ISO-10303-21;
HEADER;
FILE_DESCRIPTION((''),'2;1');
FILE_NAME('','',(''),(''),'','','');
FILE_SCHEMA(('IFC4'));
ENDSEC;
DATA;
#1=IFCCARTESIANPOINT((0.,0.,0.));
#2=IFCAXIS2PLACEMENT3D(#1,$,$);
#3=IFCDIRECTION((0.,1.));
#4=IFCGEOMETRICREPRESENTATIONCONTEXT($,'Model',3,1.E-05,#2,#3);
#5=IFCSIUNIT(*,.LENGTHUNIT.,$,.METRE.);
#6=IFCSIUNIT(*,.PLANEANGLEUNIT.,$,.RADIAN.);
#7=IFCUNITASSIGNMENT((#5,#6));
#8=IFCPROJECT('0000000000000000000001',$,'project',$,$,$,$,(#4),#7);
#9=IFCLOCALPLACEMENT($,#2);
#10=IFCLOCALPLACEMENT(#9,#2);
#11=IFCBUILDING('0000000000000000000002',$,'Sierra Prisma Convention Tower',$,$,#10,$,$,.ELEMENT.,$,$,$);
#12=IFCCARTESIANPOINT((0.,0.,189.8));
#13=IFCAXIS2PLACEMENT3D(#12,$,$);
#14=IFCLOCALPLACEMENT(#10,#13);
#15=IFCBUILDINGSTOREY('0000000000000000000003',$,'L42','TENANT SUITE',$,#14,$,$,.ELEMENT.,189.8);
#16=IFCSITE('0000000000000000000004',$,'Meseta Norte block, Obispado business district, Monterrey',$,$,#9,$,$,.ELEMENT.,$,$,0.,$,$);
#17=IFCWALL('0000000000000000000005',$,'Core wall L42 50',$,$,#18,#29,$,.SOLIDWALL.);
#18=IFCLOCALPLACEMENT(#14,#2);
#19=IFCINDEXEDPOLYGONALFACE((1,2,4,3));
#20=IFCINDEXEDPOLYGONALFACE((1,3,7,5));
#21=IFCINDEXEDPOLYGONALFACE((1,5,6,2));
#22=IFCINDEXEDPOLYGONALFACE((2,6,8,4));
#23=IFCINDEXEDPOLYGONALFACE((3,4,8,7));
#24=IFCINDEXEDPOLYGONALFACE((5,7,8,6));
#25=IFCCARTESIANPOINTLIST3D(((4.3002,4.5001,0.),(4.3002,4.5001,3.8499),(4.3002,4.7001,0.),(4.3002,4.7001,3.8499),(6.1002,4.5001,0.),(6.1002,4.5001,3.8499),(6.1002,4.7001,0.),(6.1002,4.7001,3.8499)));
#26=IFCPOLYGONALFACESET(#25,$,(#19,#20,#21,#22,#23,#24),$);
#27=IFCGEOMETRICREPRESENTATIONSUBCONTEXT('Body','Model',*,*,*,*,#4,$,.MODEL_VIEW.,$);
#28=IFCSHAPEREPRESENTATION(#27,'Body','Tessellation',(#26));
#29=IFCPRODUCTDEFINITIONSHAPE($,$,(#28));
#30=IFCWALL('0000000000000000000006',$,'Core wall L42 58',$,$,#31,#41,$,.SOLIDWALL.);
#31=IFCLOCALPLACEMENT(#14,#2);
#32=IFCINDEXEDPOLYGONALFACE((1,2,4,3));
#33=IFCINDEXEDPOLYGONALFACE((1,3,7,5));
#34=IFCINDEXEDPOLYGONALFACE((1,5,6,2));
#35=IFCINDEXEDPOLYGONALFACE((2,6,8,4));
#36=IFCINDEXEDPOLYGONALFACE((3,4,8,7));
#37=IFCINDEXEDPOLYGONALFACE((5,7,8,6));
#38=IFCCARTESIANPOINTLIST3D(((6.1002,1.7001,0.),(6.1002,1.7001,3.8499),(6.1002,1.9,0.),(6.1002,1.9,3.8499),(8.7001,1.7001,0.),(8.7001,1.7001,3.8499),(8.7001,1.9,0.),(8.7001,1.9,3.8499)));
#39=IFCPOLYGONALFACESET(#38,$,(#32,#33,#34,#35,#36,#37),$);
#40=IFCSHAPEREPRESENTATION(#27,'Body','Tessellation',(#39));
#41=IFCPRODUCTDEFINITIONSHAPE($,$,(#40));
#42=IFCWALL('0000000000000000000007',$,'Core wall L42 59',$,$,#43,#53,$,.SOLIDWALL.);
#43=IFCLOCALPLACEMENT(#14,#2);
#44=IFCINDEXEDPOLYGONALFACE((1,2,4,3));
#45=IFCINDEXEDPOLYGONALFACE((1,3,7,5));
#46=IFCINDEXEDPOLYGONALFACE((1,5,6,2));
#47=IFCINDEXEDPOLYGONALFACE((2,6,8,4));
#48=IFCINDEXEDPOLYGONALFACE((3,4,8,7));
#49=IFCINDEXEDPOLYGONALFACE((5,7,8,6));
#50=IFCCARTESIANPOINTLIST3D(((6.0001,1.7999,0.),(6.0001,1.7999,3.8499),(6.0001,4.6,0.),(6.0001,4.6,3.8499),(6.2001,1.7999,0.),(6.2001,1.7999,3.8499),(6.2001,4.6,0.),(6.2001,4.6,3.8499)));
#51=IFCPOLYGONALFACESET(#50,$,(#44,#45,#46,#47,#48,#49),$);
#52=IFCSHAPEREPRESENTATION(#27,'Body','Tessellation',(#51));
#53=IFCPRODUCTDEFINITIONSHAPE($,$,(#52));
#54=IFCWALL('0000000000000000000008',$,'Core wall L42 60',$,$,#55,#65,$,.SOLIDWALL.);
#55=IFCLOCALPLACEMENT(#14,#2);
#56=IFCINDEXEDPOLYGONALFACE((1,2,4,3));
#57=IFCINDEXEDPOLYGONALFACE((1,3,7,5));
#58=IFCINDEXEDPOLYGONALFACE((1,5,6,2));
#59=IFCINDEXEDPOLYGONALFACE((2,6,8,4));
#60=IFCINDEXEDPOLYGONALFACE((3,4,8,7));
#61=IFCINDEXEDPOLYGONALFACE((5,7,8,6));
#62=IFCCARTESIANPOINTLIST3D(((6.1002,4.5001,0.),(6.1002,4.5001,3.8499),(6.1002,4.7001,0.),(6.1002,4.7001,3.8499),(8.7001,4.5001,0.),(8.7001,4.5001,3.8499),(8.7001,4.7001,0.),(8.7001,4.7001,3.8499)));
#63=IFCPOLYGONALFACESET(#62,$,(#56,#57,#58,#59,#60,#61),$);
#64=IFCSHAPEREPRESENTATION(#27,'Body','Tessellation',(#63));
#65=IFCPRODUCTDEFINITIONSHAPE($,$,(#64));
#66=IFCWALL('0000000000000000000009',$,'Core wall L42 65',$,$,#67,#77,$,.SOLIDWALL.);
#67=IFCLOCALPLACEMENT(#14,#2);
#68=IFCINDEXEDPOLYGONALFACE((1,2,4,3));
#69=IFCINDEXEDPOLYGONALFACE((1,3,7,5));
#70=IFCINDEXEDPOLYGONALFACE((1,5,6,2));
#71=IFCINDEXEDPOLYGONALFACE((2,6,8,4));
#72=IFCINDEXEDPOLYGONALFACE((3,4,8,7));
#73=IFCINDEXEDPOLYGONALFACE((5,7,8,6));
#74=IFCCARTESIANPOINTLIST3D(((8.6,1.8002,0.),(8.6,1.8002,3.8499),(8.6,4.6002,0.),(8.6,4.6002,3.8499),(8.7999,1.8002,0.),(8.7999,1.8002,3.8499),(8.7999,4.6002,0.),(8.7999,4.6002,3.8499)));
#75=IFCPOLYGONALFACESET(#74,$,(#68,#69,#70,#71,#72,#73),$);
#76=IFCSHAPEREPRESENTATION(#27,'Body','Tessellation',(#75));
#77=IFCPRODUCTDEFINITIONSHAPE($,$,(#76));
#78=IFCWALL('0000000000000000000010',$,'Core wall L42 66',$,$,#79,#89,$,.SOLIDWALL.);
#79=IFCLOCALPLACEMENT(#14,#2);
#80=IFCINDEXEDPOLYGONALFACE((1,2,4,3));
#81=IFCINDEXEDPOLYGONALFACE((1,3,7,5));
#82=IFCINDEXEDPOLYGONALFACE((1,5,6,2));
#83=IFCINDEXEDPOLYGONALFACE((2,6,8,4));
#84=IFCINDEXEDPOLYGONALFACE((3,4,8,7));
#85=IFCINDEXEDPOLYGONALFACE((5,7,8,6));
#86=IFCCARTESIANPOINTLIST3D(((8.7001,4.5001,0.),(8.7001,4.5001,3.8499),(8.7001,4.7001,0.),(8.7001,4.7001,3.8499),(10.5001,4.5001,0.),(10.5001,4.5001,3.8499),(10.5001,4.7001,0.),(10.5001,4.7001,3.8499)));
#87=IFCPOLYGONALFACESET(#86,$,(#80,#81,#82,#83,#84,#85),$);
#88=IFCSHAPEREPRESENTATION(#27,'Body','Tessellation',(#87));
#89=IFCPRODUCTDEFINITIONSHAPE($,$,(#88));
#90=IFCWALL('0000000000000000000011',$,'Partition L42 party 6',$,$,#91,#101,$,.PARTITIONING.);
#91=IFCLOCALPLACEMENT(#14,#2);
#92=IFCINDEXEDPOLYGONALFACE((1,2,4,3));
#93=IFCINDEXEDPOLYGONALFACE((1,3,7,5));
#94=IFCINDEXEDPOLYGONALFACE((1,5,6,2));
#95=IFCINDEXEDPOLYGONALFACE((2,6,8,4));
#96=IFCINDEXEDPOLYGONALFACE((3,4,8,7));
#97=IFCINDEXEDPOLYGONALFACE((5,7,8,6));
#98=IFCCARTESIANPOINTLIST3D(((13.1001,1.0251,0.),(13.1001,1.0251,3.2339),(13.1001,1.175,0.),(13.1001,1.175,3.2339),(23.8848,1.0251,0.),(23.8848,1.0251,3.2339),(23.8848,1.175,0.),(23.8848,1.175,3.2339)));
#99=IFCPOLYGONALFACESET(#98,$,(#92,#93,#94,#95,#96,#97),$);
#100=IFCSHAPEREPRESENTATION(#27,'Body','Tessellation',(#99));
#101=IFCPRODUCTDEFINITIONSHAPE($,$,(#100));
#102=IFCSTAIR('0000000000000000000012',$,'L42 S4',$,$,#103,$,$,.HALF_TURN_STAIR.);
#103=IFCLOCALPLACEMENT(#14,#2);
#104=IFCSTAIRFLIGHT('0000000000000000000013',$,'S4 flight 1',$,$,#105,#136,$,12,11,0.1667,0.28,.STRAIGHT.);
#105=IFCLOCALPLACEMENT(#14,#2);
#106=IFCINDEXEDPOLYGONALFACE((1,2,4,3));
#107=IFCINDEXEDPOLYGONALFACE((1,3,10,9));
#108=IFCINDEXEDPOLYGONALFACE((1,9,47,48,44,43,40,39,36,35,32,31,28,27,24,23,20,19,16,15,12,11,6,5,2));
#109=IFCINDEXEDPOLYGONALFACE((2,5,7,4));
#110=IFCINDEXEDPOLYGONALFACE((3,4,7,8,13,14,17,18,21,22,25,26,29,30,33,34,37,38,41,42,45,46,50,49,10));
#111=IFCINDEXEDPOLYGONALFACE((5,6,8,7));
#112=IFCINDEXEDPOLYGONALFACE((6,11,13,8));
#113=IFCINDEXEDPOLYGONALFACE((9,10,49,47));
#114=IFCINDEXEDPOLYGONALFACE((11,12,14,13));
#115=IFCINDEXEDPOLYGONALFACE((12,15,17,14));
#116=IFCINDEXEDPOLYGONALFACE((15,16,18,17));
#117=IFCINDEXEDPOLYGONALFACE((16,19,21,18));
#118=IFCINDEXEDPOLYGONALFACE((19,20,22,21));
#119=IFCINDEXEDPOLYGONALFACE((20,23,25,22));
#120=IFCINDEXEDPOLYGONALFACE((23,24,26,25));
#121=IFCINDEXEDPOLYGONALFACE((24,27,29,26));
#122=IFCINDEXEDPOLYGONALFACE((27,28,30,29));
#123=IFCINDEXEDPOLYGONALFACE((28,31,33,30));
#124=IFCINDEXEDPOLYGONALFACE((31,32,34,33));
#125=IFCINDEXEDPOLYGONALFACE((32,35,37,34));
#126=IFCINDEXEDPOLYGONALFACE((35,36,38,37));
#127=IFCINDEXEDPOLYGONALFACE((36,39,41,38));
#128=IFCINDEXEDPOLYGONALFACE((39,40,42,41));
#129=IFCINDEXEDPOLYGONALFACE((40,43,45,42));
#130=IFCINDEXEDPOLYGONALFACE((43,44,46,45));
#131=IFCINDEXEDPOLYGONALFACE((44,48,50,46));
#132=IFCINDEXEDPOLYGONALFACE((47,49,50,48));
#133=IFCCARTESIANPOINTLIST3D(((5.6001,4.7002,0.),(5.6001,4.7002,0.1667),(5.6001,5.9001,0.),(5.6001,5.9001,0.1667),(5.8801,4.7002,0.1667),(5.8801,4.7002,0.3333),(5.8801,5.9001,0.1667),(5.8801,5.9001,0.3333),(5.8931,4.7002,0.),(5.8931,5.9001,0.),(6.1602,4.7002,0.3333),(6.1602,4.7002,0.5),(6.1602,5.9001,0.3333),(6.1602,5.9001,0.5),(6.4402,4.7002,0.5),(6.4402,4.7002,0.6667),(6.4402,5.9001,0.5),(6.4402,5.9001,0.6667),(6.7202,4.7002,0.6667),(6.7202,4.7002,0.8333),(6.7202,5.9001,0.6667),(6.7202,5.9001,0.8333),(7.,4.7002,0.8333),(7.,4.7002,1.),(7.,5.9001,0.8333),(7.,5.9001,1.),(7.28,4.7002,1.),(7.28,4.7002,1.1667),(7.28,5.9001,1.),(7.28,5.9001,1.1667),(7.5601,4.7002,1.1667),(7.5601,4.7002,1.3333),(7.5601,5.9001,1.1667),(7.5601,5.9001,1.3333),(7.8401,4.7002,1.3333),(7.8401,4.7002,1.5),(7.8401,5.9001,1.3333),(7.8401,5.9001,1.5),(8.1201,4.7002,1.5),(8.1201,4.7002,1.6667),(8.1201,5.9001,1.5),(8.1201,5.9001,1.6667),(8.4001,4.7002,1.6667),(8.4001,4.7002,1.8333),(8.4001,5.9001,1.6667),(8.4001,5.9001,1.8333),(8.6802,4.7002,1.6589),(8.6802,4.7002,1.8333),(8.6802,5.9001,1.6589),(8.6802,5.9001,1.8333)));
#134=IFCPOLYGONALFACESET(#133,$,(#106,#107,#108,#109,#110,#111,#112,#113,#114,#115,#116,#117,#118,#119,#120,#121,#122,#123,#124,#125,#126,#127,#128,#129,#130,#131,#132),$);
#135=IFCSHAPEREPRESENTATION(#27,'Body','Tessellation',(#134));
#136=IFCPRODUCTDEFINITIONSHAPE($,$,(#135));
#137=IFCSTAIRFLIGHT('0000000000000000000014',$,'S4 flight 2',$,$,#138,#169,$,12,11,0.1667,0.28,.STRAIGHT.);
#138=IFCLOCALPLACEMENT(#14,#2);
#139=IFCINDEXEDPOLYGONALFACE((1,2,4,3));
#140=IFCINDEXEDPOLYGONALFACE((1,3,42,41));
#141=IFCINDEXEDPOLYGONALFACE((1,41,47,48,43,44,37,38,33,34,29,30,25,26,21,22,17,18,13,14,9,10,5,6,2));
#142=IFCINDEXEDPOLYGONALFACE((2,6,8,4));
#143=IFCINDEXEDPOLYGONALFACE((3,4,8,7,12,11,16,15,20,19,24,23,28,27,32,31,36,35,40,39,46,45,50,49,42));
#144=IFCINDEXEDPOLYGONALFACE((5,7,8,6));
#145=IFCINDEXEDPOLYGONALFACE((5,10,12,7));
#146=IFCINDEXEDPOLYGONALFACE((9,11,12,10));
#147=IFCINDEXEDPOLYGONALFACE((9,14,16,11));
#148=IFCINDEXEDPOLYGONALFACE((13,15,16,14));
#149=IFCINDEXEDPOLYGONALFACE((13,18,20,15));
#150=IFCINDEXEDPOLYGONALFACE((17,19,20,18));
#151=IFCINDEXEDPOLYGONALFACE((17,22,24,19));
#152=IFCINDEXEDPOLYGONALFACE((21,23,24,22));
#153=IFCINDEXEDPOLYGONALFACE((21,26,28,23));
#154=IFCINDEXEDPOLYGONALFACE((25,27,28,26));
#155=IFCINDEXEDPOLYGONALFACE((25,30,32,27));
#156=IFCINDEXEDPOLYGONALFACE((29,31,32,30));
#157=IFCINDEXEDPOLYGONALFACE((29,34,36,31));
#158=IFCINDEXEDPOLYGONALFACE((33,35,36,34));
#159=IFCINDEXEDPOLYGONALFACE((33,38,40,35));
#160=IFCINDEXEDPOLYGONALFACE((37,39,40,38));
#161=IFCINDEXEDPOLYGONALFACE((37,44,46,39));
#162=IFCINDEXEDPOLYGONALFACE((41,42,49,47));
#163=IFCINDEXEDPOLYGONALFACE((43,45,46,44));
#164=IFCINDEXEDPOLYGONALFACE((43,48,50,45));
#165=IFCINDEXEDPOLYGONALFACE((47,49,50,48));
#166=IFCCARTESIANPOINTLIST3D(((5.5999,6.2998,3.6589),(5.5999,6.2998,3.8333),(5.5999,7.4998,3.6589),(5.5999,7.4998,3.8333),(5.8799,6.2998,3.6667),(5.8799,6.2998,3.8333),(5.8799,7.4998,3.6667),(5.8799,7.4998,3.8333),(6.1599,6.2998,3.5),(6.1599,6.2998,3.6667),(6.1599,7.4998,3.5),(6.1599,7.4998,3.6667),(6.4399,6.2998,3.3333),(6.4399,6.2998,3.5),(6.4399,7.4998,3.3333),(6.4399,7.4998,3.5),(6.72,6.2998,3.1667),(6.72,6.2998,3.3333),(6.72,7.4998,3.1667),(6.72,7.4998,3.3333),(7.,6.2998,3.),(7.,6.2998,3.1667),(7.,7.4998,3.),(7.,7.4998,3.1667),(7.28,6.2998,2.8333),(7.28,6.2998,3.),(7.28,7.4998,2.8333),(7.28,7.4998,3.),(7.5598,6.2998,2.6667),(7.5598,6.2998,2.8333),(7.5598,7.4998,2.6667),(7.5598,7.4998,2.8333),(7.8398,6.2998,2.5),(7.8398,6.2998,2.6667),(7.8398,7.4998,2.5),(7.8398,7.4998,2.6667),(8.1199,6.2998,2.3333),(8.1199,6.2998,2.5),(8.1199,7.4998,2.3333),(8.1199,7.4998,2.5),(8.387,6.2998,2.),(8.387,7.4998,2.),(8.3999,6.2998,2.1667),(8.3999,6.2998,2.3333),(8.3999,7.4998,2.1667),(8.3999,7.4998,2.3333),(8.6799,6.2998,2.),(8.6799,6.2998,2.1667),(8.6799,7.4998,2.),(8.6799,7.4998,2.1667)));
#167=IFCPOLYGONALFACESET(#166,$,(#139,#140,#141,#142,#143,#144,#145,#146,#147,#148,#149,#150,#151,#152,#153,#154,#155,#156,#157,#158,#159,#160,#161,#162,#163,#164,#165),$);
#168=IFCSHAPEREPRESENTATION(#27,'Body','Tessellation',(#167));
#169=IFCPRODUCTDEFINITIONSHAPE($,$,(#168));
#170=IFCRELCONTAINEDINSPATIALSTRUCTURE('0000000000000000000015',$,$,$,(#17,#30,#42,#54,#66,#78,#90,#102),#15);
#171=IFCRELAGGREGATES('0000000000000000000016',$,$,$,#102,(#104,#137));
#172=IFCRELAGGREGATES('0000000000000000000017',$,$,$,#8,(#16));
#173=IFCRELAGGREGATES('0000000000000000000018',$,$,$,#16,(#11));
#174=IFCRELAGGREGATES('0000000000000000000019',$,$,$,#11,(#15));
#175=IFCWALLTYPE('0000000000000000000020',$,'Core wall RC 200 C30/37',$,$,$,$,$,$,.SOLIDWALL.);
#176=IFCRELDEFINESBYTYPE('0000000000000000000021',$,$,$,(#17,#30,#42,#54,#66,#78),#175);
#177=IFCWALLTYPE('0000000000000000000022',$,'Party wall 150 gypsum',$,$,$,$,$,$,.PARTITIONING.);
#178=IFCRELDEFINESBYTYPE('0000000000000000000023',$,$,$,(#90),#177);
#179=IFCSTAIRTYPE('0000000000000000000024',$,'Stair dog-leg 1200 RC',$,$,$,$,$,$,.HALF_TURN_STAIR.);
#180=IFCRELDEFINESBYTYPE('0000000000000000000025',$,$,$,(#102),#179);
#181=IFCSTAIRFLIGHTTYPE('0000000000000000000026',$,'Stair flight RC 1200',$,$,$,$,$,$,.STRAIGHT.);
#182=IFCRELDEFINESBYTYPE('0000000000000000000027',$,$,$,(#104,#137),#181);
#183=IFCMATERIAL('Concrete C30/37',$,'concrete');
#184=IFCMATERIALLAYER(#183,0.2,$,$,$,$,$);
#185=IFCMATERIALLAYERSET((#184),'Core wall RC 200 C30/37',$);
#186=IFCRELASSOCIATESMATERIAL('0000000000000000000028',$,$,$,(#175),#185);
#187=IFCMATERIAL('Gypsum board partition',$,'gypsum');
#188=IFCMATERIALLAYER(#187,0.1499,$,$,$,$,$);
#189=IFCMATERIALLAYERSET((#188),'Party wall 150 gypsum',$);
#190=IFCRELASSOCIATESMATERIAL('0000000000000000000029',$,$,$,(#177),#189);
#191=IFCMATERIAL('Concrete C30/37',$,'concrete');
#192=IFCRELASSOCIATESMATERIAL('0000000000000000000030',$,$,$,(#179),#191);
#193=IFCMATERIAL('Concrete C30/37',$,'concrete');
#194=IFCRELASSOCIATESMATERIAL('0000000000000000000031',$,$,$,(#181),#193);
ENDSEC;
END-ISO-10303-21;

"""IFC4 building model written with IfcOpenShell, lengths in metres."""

from ifc_helpers import new_model, si_unit, direction, frame, frame_2d, origin, place, context, subcontext, project, spatial, polyline, rectangle, outline, extrude, material, layer, layer_set, type_object, element, aggregate, save


model = new_model("IFC4")

# Units and contexts
model_context = context("Model", 3, precision=1e-05, world=origin(), true_north=direction((0.0, 1.0)))
body_context = subcontext(model_context, "Body", "Model", "MODEL_VIEW")
ifc_project = project(units=[si_unit("LENGTHUNIT", "METRE"), si_unit("PLANEANGLEUNIT", "RADIAN")], contexts=[model_context])

# Site, building, storey
site_placement = place(None, origin())
site = spatial("IfcSite", under=ifc_project, at=site_placement, Name="Meseta Norte block, Obispado business district, Monterrey", CompositionType="ELEMENT", RefElevation=0.0)
building_placement = place(site_placement, origin())
building = spatial("IfcBuilding", under=site, at=building_placement, Name="Sierra Prisma Convention Tower", CompositionType="ELEMENT")
storey_placement = place(building_placement, frame((0.0, 0.0, 189.8)))
storey = spatial("IfcBuildingStorey", under=building, at=storey_placement, Name="L42", Description="TENANT SUITE", CompositionType="ELEMENT", Elevation=189.8)

# Walls
ifc_material_1 = material(Name="Concrete C30/37", Category="concrete")
ifc_layer_1 = layer(ifc_material_1, 0.2)
ifc_layer_set_1 = layer_set([ifc_layer_1], Name="Core wall RC 200 C30/37")
wall_type_1 = type_object("IfcWallType", Name="Core wall RC 200 C30/37", PredefinedType="SOLIDWALL", material=ifc_layer_set_1)
wall_1_placement = place(storey_placement, frame((6.1001, 4.6001, 0.0), z_axis=(0.0, 0.0, 1.0), x_axis=(-1.0, 0.0, 0.0)))
element("IfcWall", 1, at=wall_1_placement, inside=storey, type_object=wall_type_1, Name="Core wall L42 50", PredefinedType="SOLIDWALL", context=body_context, shape_type="SweptSolid", body=[
    extrude(rectangle(XDim=1.8, YDim=0.2, at=frame_2d((0.8999, 0.0))), origin(), (0.0, 0.0, 1.0), 3.8499),
])
wall_2_placement = place(storey_placement, frame((8.7, 1.8, 0.0), z_axis=(0.0, 0.0, 1.0), x_axis=(-1.0, 0.0, 0.0)))
element("IfcWall", 2, at=wall_2_placement, inside=storey, type_object=wall_type_1, Name="Core wall L42 58", PredefinedType="SOLIDWALL", context=body_context, shape_type="SweptSolid", body=[
    extrude(rectangle(XDim=2.5999, YDim=0.2, at=frame_2d((1.2998, 0.0))), origin(), (0.0, 0.0, 1.0), 3.8499),
])
wall_3_placement = place(storey_placement, frame((6.1001, 1.8, 0.0), z_axis=(0.0, 0.0, 1.0), x_axis=(0.0, 1.0, 0.0)))
element("IfcWall", 3, at=wall_3_placement, inside=storey, type_object=wall_type_1, Name="Core wall L42 59", PredefinedType="SOLIDWALL", context=body_context, shape_type="SweptSolid", body=[
    extrude(rectangle(XDim=2.8, YDim=0.2, at=frame_2d((1.3999, 0.0))), origin(), (0.0, 0.0, 1.0), 3.8499),
])
wall_4_placement = place(storey_placement, frame((8.7, 4.6001, 0.0), z_axis=(0.0, 0.0, 1.0), x_axis=(-1.0, 0.0, 0.0)))
element("IfcWall", 4, at=wall_4_placement, inside=storey, type_object=wall_type_1, Name="Core wall L42 60", PredefinedType="SOLIDWALL", context=body_context, shape_type="SweptSolid", body=[
    extrude(rectangle(XDim=2.5999, YDim=0.2, at=frame_2d((1.2998, 0.0))), origin(), (0.0, 0.0, 1.0), 3.8499),
])

# Walls
wall_5_placement = place(storey_placement, frame((8.7, 4.6001, 0.0), z_axis=(0.0, 0.0, 1.0), x_axis=(0.0, -1.0, 0.0)))
element("IfcWall", 5, at=wall_5_placement, inside=storey, type_object=wall_type_1, Name="Core wall L42 65", PredefinedType="SOLIDWALL", context=body_context, shape_type="SweptSolid", body=[
    extrude(rectangle(XDim=2.8, YDim=0.2, at=frame_2d((1.3999, 0.0))), origin(), (0.0, 0.0, 1.0), 3.8499),
])
wall_6_placement = place(storey_placement, frame((10.5, 4.6001, 0.0), z_axis=(0.0, 0.0, 1.0), x_axis=(-1.0, 0.0, 0.0)))
element("IfcWall", 6, at=wall_6_placement, inside=storey, type_object=wall_type_1, Name="Core wall L42 66", PredefinedType="SOLIDWALL", context=body_context, shape_type="SweptSolid", body=[
    extrude(rectangle(XDim=1.8, YDim=0.2, at=frame_2d((0.8999, 0.0))), origin(), (0.0, 0.0, 1.0), 3.8499),
])
ifc_material_2 = material(Name="Gypsum board partition", Category="gypsum")
ifc_layer_2 = layer(ifc_material_2, 0.1499)
ifc_layer_set_2 = layer_set([ifc_layer_2], Name="Party wall 150 gypsum")
wall_type_2 = type_object("IfcWallType", Name="Party wall 150 gypsum", PredefinedType="PARTITIONING", material=ifc_layer_set_2)
wall_7_placement = place(storey_placement, frame((23.8848, 1.1001, 0.0), z_axis=(0.0, 0.0, 1.0), x_axis=(-1.0, 0.0, 0.0)))
element("IfcWall", 7, at=wall_7_placement, inside=storey, type_object=wall_type_2, Name="Partition L42 party 6", PredefinedType="PARTITIONING", context=body_context, shape_type="SweptSolid", body=[
    extrude(rectangle(XDim=10.7847, YDim=0.1499, at=frame_2d((5.3923, 0.0))), origin(), (0.0, 0.0, 1.0), 3.2339),
])

# Stair, stair flights
ifc_material_3 = material(Name="Concrete C30/37", Category="concrete")
stair_type = type_object("IfcStairType", Name="Stair dog-leg 1200 RC", PredefinedType="HALF_TURN_STAIR", material=ifc_material_3)
stair_placement = place(storey_placement, origin())
stair = element("IfcStair", 8, at=stair_placement, inside=storey, type_object=stair_type, Name="L42 S4", PredefinedType="HALF_TURN_STAIR")
ifc_material_4 = material(Name="Concrete C30/37", Category="concrete")
stair_flight_type = type_object("IfcStairFlightType", Name="Stair flight RC 1200", PredefinedType="STRAIGHT", material=ifc_material_4)
stair_flight_1_placement = place(storey_placement, frame((5.6001, 5.3, 0.0), z_axis=(0.0, 0.0, 1.0), x_axis=(1.0, 0.0, 0.0)))
stair_flight_1 = element("IfcStairFlight", 9, at=stair_flight_1_placement, type_object=stair_flight_type, Name="S4 flight 1", NumberOfRisers=12, NumberOfTreads=11, PredefinedType="STRAIGHT", RiserHeight=0.1667, TreadLength=0.28, context=body_context, shape_type="SweptSolid", body=[
    extrude(outline(polyline([(0.0, 0.0), (0.0, 0.1667), (0.28, 0.1667), (0.28, 0.3333), (0.5601, 0.3333), (0.5601, 0.5), (0.8401, 0.5), (0.8401, 0.6667), (1.1201, 0.6667), (1.1201, 0.8333), (1.3999, 0.8333), (1.3999, 1.0), (1.6799, 1.0), (1.6799, 1.1667), (1.96, 1.1667), (1.96, 1.3333), (2.24, 1.3333), (2.24, 1.5), (2.52, 1.5), (2.52, 1.6667), (2.8, 1.6667), (2.8, 1.8333), (3.0801, 1.8333), (3.0801, 2.0), (3.0801, 1.6589), (0.293, 0.0), (0.0, 0.0)])), frame((0.0, 0.6001, 0.0), z_axis=(0.0, -1.0, 0.0), x_axis=(1.0, 0.0, 0.0)), (0.0, 0.0, 1.0), 1.2),
])
stair_flight_2_placement = place(storey_placement, frame((8.6799, 6.8999, 2.0), z_axis=(0.0, 0.0, 1.0), x_axis=(-1.0, 0.0, 0.0)))
stair_flight_2 = element("IfcStairFlight", 10, at=stair_flight_2_placement, type_object=stair_flight_type, Name="S4 flight 2", NumberOfRisers=12, NumberOfTreads=11, PredefinedType="STRAIGHT", RiserHeight=0.1667, TreadLength=0.28, context=body_context, shape_type="SweptSolid", body=[
    extrude(outline(polyline([(0.0, 0.0), (0.0, 0.1667), (0.28, 0.1667), (0.28, 0.3333), (0.5601, 0.3333), (0.5601, 0.5), (0.8401, 0.5), (0.8401, 0.6667), (1.1201, 0.6667), (1.1201, 0.8333), (1.3999, 0.8333), (1.3999, 1.0), (1.6799, 1.0), (1.6799, 1.1667), (1.96, 1.1667), (1.96, 1.3333), (2.24, 1.3333), (2.24, 1.5), (2.52, 1.5), (2.52, 1.6667), (2.8, 1.6667), (2.8, 1.8333), (3.0801, 1.8333), (3.0801, 2.0), (3.0801, 1.6589), (0.293, 0.0), (0.0, 0.0)])), frame((0.0, 0.6001, 0.0), z_axis=(0.0, -1.0, 0.0), x_axis=(1.0, 0.0, 0.0)), (0.0, 0.0, 1.0), 1.2),
])
aggregate(stair, [stair_flight_1, stair_flight_2])

save(model, "model.ifc")
